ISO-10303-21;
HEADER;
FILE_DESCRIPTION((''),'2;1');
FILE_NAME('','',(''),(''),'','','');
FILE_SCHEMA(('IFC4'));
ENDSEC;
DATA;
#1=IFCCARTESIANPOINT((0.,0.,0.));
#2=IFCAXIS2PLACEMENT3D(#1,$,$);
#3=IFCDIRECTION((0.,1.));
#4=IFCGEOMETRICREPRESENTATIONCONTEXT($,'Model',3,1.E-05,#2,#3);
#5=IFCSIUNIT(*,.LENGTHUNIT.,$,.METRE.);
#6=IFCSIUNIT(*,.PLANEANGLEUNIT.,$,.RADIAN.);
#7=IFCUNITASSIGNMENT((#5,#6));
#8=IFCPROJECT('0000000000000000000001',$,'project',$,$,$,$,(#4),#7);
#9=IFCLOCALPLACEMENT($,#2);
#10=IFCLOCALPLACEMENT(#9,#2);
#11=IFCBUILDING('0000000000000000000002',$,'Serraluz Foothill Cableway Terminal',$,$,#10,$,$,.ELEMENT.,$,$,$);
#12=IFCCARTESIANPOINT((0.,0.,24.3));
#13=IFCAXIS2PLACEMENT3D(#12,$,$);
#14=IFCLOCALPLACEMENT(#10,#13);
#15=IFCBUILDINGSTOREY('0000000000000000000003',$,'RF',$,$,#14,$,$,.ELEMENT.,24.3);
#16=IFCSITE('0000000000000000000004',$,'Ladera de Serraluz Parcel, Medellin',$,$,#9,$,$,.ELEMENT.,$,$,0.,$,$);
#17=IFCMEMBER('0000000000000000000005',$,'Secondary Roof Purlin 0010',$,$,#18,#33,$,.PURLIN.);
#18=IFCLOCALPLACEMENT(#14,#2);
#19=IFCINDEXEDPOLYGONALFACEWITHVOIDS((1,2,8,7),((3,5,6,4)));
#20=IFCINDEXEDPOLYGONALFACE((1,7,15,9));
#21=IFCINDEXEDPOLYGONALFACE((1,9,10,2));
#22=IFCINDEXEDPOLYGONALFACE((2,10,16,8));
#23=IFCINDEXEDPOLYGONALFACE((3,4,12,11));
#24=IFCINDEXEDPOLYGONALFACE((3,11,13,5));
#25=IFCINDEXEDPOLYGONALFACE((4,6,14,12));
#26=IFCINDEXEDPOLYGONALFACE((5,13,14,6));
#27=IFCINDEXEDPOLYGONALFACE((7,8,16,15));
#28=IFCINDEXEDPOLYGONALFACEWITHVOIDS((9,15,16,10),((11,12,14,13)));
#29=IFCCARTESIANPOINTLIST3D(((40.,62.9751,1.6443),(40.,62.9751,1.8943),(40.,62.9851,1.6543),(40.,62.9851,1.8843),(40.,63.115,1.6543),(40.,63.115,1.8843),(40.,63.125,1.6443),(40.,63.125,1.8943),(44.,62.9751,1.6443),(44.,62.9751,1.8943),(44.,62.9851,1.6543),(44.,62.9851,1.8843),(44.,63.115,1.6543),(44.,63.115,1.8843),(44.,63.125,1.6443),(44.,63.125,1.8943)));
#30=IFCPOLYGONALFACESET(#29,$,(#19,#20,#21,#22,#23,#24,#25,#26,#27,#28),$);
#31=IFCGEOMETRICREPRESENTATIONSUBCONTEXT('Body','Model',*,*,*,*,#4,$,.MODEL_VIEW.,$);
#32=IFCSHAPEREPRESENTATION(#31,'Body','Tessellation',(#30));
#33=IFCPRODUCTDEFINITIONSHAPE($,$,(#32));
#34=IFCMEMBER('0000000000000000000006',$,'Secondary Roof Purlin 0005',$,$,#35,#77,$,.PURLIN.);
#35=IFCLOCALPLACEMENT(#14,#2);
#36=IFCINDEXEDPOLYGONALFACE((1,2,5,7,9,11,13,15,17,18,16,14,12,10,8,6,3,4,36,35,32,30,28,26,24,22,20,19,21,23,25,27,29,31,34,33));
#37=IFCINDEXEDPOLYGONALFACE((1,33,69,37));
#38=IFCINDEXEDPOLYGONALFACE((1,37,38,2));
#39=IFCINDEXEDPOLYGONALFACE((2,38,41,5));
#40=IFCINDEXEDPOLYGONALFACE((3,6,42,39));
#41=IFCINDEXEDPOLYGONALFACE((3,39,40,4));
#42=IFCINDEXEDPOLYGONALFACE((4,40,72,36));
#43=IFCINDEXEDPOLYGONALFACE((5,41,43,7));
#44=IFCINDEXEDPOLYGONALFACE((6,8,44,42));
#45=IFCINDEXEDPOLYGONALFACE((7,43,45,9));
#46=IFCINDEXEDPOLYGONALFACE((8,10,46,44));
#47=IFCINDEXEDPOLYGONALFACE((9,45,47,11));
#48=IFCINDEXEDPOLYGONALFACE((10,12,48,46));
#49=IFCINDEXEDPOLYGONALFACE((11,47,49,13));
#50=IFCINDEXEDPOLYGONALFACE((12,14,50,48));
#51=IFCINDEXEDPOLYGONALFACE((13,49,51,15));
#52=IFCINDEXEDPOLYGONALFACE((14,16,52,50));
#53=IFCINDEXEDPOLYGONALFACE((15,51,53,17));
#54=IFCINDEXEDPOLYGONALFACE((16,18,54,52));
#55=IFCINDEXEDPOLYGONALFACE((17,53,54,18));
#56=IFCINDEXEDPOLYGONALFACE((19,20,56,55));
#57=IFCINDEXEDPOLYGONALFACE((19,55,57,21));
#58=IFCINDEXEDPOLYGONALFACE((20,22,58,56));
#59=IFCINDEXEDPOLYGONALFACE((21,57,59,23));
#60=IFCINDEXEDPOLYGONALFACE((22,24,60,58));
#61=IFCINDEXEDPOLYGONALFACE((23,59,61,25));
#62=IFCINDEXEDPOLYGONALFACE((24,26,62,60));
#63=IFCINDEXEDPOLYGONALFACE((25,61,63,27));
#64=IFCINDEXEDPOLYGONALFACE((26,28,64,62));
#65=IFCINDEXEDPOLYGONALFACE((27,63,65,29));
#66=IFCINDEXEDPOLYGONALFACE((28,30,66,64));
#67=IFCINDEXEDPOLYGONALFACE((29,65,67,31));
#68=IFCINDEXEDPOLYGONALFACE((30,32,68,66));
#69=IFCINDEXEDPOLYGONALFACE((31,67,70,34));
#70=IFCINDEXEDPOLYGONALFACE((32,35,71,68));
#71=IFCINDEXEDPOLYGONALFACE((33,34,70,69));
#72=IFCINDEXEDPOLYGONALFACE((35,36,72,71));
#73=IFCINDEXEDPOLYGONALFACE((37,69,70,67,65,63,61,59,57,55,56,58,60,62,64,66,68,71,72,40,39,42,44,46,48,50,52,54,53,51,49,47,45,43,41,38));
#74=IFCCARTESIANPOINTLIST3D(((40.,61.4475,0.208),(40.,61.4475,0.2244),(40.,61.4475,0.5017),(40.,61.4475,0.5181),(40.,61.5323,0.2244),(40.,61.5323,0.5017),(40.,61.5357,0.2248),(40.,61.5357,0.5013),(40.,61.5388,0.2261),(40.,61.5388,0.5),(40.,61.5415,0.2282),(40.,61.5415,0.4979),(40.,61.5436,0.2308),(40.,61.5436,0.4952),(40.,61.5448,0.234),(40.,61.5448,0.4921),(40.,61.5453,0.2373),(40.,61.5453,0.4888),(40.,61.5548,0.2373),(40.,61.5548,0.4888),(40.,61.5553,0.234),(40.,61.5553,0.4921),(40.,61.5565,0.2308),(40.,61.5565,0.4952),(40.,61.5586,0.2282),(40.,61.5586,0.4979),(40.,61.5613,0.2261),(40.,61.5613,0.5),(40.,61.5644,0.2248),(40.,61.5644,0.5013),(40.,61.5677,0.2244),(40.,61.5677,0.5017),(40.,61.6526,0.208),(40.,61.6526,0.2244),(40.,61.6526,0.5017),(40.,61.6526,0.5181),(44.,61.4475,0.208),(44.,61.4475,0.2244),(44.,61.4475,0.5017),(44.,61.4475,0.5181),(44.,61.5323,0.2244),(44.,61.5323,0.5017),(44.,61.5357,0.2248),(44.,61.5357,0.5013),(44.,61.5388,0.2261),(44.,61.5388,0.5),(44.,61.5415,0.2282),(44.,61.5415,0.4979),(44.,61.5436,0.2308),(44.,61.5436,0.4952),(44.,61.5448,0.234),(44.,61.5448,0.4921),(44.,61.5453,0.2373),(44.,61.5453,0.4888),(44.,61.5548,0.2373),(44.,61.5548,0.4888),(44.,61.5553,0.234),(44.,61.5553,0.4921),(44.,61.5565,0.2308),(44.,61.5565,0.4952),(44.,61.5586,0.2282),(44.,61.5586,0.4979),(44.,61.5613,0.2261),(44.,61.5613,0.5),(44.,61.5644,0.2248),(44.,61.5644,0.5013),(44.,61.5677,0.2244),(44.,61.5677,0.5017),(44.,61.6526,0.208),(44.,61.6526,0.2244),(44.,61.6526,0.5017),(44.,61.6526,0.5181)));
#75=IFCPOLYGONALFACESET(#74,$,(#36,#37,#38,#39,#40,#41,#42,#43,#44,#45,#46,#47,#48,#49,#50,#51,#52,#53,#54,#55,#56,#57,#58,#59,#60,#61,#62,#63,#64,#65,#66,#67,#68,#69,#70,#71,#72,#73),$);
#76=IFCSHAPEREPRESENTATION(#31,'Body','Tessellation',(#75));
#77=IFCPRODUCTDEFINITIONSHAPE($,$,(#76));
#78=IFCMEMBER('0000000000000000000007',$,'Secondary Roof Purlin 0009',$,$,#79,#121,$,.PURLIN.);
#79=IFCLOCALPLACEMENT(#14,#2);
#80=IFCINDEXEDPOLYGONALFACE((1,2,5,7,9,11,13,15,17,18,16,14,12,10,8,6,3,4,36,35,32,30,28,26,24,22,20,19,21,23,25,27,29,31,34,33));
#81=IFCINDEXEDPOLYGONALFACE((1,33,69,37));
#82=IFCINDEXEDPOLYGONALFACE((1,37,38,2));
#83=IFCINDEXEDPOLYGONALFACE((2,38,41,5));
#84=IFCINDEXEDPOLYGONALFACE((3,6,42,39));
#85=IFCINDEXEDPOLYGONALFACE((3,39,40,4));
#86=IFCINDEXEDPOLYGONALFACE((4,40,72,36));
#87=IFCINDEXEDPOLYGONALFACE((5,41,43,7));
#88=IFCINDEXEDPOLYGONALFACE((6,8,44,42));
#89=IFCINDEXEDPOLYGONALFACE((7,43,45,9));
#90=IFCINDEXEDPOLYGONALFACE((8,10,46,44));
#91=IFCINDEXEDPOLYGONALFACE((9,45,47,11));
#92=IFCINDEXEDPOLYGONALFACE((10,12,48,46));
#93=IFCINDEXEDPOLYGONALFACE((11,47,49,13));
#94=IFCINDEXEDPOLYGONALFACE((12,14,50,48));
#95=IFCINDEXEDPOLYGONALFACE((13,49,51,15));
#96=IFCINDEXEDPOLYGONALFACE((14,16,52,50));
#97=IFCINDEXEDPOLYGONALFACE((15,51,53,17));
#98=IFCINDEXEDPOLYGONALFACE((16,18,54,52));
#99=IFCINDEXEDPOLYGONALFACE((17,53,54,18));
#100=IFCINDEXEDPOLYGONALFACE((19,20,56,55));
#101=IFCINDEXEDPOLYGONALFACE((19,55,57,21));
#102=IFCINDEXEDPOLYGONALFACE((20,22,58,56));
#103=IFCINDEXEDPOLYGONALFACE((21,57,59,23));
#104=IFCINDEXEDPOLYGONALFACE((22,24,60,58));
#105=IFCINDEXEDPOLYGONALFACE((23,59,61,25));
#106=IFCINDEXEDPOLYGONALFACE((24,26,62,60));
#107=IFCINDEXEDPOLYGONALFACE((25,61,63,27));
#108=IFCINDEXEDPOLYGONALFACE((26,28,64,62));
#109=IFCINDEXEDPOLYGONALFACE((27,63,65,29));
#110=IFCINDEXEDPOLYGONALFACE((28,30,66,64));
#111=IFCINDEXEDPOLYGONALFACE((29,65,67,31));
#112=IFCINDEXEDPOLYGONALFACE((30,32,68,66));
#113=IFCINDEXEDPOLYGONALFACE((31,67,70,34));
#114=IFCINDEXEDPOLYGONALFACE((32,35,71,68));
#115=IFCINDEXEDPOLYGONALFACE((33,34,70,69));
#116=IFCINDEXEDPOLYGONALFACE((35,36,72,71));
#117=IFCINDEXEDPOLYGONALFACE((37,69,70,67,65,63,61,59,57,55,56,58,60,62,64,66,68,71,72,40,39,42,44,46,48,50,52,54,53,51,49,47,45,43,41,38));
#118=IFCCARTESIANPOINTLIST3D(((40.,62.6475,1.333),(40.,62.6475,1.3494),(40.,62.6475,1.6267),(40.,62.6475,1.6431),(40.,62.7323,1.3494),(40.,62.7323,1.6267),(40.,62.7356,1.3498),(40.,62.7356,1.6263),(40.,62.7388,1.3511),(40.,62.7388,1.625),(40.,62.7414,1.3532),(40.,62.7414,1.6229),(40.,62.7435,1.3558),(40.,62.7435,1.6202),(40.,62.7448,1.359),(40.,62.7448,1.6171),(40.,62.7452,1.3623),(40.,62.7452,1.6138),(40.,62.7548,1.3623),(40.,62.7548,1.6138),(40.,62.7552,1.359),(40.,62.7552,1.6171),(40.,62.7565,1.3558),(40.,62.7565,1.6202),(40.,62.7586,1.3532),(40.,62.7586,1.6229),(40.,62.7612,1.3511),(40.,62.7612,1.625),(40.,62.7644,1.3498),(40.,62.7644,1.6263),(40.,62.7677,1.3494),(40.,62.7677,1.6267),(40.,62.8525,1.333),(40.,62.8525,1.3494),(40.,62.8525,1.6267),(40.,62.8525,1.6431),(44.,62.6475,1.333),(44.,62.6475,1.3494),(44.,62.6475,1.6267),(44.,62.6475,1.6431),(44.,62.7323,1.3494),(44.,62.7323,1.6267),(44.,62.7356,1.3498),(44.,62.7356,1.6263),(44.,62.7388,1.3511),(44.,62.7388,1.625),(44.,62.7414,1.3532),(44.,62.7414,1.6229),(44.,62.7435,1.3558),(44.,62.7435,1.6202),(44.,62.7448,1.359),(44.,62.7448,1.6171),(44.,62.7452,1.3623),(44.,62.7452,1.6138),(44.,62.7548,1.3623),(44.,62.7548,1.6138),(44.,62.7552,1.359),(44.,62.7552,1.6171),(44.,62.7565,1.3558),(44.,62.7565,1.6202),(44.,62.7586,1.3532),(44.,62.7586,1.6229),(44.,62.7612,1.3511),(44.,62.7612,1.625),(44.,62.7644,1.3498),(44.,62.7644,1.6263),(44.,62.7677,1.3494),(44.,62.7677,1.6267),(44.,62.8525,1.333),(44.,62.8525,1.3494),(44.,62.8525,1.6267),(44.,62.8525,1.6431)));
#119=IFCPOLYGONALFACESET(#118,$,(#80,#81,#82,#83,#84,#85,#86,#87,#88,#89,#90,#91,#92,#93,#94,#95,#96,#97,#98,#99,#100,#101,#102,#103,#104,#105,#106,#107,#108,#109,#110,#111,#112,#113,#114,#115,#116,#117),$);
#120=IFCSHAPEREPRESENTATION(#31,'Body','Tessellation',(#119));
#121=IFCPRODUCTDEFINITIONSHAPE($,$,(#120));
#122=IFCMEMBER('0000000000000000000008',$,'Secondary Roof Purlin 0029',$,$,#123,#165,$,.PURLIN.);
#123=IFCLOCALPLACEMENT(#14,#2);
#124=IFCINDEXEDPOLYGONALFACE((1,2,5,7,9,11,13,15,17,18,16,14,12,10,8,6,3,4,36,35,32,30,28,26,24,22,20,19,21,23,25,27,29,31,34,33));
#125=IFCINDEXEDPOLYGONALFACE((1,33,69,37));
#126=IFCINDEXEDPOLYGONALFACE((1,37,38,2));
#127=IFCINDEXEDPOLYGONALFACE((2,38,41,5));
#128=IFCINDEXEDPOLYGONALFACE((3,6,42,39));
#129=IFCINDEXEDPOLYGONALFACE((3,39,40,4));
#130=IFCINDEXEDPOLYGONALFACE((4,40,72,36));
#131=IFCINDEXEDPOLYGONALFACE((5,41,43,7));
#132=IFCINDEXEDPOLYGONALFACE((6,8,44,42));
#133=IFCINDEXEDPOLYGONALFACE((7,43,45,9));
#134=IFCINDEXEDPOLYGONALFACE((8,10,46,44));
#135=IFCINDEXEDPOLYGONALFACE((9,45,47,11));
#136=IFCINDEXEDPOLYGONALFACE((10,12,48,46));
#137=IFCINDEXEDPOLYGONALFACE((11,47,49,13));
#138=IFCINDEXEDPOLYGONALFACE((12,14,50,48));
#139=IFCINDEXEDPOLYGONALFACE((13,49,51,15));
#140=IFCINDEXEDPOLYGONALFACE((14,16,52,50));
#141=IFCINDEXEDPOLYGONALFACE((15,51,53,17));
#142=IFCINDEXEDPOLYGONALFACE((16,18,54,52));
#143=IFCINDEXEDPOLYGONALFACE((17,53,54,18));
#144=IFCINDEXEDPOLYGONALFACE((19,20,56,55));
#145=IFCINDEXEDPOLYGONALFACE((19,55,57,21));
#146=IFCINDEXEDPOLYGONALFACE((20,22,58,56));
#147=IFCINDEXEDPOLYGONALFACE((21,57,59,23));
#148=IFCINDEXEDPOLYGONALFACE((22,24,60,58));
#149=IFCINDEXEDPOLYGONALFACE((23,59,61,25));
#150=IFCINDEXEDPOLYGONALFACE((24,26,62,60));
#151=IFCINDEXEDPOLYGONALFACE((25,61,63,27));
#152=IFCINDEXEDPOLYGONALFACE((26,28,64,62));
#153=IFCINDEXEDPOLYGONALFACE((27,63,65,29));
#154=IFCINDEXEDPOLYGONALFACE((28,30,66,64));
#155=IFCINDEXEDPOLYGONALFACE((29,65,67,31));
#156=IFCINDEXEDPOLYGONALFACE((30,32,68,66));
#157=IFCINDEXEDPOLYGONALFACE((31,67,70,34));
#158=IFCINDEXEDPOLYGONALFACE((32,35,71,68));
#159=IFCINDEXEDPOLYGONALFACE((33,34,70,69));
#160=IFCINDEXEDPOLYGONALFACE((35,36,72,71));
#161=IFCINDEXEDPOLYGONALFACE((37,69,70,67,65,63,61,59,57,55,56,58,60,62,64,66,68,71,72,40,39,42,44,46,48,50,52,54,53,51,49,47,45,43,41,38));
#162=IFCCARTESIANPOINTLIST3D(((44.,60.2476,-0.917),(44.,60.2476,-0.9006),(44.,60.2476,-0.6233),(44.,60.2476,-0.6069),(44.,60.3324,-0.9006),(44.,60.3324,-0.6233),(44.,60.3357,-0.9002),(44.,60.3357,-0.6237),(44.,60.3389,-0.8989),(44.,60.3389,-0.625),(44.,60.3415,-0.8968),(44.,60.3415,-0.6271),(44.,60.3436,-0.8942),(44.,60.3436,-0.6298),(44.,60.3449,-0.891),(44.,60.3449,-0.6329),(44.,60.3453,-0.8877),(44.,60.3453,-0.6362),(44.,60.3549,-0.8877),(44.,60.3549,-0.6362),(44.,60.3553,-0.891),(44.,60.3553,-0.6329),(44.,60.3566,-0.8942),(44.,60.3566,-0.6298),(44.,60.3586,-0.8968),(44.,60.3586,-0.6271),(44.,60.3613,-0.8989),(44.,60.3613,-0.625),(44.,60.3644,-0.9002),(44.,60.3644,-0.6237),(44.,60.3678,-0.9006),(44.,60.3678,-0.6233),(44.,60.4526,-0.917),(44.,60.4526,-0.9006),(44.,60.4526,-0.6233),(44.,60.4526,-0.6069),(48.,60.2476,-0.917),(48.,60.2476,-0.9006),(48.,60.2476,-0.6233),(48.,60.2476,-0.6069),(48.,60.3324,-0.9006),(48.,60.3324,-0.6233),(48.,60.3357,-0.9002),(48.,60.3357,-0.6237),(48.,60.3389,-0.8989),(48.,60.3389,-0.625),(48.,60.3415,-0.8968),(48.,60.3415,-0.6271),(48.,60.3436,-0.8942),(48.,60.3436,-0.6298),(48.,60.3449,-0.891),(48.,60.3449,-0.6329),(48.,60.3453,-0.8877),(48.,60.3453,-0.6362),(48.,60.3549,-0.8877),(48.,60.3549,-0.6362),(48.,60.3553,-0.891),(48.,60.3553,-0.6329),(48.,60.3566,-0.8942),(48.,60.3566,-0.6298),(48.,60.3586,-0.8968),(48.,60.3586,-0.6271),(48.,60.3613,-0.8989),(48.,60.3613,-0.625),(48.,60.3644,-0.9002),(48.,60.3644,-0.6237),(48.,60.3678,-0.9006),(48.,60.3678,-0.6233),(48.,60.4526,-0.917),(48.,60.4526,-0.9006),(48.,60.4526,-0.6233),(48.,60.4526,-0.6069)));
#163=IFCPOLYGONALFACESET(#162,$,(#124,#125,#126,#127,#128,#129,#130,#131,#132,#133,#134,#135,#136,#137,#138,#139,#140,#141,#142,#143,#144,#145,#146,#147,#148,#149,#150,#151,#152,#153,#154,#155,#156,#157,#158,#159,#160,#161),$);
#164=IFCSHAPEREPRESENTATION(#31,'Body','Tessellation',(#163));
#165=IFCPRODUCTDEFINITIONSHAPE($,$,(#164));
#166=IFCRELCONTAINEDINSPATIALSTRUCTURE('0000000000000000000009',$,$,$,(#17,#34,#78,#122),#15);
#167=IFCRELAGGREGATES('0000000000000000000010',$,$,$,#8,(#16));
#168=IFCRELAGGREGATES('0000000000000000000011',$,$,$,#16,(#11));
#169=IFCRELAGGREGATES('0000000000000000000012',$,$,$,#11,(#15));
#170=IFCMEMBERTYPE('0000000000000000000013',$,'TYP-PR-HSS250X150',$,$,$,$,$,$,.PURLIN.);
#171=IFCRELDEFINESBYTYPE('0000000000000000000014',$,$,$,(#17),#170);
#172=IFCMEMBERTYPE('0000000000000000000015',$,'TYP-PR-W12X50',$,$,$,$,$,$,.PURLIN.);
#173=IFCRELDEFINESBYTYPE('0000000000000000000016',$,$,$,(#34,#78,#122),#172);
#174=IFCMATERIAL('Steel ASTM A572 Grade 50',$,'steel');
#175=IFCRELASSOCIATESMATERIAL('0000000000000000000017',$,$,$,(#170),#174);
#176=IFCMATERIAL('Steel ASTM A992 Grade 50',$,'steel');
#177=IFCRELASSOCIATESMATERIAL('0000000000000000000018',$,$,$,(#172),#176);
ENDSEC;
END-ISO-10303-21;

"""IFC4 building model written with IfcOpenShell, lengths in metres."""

from ifc_helpers import new_model, si_unit, direction, frame, origin, origin_2d, place, context, subcontext, project, spatial, hollow_rectangle, i_section, extrude, material, material_profile, profile_set, type_object, element, save


model = new_model("IFC4")

# Units and contexts
model_context = context("Model", 3, precision=1e-05, world=origin(), true_north=direction((0.0, 1.0)))
body_context = subcontext(model_context, "Body", "Model", "MODEL_VIEW")
ifc_project = project(units=[si_unit("LENGTHUNIT", "METRE"), si_unit("PLANEANGLEUNIT", "RADIAN")], contexts=[model_context])

# Site, building, storey
site_placement = place(None, origin())
site = spatial("IfcSite", under=ifc_project, at=site_placement, Name="Ladera de Serraluz Parcel, Medellin", CompositionType="ELEMENT", RefElevation=0.0)
building_placement = place(site_placement, origin())
building = spatial("IfcBuilding", under=site, at=building_placement, Name="Serraluz Foothill Cableway Terminal", CompositionType="ELEMENT")
storey_placement = place(building_placement, frame((0.0, 0.0, 24.3)))
storey = spatial("IfcBuildingStorey", under=building, at=storey_placement, Name="RF", CompositionType="ELEMENT", Elevation=24.3)

# Members
ifc_material_1 = material(Name="Steel ASTM A572 Grade 50", Category="steel")
ifc_material_profile_1 = material_profile(ifc_material_1, hollow_rectangle(XDim=0.1499, YDim=0.25, WallThickness=0.01, at=origin_2d()), Name="HSS250X150X10")
ifc_profile_set_1 = profile_set([ifc_material_profile_1], Name="Steel ASTM A572 Grade 50")
member_type_1 = type_object("IfcMemberType", Name="TYP-PR-HSS250X150", PredefinedType="PURLIN", material=ifc_profile_set_1)
for number, where, z_axis, x_axis, name in (
    (1, (40.0, 63.05, 1.7693), (1.0, 0.0, 0.0), (0.0, 1.0, 0.0), "Secondary Roof Purlin 0010"),
):
    element("IfcMember", number, at=place(storey_placement, frame(where, z_axis=z_axis, x_axis=x_axis)), inside=storey, type_object=member_type_1, Name=name, PredefinedType="PURLIN", context=body_context, shape_type="SweptSolid", body=[
        extrude(hollow_rectangle(XDim=0.1499, YDim=0.25, WallThickness=0.01, at=origin_2d()), origin(), (0.0, 0.0, 1.0), 4.0),
    ])
ifc_material_2 = material(Name="Steel ASTM A992 Grade 50", Category="steel")
ifc_material_profile_2 = material_profile(ifc_material_2, i_section(OverallWidth=0.2051, OverallDepth=0.3101, WebThickness=0.0095, FlangeThickness=0.0164, FilletRadius=0.0129, at=origin_2d()), Name="W12X50")
ifc_profile_set_2 = profile_set([ifc_material_profile_2], Name="Steel ASTM A992 Grade 50")
member_type_2 = type_object("IfcMemberType", Name="TYP-PR-W12X50", PredefinedType="PURLIN", material=ifc_profile_set_2)
for number, where, z_axis, x_axis, name in (
    (2, (40.0, 61.55, 0.363), (1.0, 0.0, 0.0), (0.0, 1.0, 0.0), "Secondary Roof Purlin 0005"),
    (3, (40.0, 62.75, 1.488), (1.0, 0.0, 0.0), (0.0, 1.0, 0.0), "Secondary Roof Purlin 0009"),
    (4, (44.0, 60.3501, -0.762), (1.0, 0.0, 0.0), (0.0, 1.0, 0.0), "Secondary Roof Purlin 0029"),
):
    element("IfcMember", number, at=place(storey_placement, frame(where, z_axis=z_axis, x_axis=x_axis)), inside=storey, type_object=member_type_2, Name=name, PredefinedType="PURLIN", context=body_context, shape_type="SweptSolid", body=[
        extrude(i_section(OverallWidth=0.2051, OverallDepth=0.3101, WebThickness=0.0095, FlangeThickness=0.0164, FilletRadius=0.0129, at=origin_2d()), origin(), (0.0, 0.0, 1.0), 4.0),
    ])

save(model, "model.ifc")
